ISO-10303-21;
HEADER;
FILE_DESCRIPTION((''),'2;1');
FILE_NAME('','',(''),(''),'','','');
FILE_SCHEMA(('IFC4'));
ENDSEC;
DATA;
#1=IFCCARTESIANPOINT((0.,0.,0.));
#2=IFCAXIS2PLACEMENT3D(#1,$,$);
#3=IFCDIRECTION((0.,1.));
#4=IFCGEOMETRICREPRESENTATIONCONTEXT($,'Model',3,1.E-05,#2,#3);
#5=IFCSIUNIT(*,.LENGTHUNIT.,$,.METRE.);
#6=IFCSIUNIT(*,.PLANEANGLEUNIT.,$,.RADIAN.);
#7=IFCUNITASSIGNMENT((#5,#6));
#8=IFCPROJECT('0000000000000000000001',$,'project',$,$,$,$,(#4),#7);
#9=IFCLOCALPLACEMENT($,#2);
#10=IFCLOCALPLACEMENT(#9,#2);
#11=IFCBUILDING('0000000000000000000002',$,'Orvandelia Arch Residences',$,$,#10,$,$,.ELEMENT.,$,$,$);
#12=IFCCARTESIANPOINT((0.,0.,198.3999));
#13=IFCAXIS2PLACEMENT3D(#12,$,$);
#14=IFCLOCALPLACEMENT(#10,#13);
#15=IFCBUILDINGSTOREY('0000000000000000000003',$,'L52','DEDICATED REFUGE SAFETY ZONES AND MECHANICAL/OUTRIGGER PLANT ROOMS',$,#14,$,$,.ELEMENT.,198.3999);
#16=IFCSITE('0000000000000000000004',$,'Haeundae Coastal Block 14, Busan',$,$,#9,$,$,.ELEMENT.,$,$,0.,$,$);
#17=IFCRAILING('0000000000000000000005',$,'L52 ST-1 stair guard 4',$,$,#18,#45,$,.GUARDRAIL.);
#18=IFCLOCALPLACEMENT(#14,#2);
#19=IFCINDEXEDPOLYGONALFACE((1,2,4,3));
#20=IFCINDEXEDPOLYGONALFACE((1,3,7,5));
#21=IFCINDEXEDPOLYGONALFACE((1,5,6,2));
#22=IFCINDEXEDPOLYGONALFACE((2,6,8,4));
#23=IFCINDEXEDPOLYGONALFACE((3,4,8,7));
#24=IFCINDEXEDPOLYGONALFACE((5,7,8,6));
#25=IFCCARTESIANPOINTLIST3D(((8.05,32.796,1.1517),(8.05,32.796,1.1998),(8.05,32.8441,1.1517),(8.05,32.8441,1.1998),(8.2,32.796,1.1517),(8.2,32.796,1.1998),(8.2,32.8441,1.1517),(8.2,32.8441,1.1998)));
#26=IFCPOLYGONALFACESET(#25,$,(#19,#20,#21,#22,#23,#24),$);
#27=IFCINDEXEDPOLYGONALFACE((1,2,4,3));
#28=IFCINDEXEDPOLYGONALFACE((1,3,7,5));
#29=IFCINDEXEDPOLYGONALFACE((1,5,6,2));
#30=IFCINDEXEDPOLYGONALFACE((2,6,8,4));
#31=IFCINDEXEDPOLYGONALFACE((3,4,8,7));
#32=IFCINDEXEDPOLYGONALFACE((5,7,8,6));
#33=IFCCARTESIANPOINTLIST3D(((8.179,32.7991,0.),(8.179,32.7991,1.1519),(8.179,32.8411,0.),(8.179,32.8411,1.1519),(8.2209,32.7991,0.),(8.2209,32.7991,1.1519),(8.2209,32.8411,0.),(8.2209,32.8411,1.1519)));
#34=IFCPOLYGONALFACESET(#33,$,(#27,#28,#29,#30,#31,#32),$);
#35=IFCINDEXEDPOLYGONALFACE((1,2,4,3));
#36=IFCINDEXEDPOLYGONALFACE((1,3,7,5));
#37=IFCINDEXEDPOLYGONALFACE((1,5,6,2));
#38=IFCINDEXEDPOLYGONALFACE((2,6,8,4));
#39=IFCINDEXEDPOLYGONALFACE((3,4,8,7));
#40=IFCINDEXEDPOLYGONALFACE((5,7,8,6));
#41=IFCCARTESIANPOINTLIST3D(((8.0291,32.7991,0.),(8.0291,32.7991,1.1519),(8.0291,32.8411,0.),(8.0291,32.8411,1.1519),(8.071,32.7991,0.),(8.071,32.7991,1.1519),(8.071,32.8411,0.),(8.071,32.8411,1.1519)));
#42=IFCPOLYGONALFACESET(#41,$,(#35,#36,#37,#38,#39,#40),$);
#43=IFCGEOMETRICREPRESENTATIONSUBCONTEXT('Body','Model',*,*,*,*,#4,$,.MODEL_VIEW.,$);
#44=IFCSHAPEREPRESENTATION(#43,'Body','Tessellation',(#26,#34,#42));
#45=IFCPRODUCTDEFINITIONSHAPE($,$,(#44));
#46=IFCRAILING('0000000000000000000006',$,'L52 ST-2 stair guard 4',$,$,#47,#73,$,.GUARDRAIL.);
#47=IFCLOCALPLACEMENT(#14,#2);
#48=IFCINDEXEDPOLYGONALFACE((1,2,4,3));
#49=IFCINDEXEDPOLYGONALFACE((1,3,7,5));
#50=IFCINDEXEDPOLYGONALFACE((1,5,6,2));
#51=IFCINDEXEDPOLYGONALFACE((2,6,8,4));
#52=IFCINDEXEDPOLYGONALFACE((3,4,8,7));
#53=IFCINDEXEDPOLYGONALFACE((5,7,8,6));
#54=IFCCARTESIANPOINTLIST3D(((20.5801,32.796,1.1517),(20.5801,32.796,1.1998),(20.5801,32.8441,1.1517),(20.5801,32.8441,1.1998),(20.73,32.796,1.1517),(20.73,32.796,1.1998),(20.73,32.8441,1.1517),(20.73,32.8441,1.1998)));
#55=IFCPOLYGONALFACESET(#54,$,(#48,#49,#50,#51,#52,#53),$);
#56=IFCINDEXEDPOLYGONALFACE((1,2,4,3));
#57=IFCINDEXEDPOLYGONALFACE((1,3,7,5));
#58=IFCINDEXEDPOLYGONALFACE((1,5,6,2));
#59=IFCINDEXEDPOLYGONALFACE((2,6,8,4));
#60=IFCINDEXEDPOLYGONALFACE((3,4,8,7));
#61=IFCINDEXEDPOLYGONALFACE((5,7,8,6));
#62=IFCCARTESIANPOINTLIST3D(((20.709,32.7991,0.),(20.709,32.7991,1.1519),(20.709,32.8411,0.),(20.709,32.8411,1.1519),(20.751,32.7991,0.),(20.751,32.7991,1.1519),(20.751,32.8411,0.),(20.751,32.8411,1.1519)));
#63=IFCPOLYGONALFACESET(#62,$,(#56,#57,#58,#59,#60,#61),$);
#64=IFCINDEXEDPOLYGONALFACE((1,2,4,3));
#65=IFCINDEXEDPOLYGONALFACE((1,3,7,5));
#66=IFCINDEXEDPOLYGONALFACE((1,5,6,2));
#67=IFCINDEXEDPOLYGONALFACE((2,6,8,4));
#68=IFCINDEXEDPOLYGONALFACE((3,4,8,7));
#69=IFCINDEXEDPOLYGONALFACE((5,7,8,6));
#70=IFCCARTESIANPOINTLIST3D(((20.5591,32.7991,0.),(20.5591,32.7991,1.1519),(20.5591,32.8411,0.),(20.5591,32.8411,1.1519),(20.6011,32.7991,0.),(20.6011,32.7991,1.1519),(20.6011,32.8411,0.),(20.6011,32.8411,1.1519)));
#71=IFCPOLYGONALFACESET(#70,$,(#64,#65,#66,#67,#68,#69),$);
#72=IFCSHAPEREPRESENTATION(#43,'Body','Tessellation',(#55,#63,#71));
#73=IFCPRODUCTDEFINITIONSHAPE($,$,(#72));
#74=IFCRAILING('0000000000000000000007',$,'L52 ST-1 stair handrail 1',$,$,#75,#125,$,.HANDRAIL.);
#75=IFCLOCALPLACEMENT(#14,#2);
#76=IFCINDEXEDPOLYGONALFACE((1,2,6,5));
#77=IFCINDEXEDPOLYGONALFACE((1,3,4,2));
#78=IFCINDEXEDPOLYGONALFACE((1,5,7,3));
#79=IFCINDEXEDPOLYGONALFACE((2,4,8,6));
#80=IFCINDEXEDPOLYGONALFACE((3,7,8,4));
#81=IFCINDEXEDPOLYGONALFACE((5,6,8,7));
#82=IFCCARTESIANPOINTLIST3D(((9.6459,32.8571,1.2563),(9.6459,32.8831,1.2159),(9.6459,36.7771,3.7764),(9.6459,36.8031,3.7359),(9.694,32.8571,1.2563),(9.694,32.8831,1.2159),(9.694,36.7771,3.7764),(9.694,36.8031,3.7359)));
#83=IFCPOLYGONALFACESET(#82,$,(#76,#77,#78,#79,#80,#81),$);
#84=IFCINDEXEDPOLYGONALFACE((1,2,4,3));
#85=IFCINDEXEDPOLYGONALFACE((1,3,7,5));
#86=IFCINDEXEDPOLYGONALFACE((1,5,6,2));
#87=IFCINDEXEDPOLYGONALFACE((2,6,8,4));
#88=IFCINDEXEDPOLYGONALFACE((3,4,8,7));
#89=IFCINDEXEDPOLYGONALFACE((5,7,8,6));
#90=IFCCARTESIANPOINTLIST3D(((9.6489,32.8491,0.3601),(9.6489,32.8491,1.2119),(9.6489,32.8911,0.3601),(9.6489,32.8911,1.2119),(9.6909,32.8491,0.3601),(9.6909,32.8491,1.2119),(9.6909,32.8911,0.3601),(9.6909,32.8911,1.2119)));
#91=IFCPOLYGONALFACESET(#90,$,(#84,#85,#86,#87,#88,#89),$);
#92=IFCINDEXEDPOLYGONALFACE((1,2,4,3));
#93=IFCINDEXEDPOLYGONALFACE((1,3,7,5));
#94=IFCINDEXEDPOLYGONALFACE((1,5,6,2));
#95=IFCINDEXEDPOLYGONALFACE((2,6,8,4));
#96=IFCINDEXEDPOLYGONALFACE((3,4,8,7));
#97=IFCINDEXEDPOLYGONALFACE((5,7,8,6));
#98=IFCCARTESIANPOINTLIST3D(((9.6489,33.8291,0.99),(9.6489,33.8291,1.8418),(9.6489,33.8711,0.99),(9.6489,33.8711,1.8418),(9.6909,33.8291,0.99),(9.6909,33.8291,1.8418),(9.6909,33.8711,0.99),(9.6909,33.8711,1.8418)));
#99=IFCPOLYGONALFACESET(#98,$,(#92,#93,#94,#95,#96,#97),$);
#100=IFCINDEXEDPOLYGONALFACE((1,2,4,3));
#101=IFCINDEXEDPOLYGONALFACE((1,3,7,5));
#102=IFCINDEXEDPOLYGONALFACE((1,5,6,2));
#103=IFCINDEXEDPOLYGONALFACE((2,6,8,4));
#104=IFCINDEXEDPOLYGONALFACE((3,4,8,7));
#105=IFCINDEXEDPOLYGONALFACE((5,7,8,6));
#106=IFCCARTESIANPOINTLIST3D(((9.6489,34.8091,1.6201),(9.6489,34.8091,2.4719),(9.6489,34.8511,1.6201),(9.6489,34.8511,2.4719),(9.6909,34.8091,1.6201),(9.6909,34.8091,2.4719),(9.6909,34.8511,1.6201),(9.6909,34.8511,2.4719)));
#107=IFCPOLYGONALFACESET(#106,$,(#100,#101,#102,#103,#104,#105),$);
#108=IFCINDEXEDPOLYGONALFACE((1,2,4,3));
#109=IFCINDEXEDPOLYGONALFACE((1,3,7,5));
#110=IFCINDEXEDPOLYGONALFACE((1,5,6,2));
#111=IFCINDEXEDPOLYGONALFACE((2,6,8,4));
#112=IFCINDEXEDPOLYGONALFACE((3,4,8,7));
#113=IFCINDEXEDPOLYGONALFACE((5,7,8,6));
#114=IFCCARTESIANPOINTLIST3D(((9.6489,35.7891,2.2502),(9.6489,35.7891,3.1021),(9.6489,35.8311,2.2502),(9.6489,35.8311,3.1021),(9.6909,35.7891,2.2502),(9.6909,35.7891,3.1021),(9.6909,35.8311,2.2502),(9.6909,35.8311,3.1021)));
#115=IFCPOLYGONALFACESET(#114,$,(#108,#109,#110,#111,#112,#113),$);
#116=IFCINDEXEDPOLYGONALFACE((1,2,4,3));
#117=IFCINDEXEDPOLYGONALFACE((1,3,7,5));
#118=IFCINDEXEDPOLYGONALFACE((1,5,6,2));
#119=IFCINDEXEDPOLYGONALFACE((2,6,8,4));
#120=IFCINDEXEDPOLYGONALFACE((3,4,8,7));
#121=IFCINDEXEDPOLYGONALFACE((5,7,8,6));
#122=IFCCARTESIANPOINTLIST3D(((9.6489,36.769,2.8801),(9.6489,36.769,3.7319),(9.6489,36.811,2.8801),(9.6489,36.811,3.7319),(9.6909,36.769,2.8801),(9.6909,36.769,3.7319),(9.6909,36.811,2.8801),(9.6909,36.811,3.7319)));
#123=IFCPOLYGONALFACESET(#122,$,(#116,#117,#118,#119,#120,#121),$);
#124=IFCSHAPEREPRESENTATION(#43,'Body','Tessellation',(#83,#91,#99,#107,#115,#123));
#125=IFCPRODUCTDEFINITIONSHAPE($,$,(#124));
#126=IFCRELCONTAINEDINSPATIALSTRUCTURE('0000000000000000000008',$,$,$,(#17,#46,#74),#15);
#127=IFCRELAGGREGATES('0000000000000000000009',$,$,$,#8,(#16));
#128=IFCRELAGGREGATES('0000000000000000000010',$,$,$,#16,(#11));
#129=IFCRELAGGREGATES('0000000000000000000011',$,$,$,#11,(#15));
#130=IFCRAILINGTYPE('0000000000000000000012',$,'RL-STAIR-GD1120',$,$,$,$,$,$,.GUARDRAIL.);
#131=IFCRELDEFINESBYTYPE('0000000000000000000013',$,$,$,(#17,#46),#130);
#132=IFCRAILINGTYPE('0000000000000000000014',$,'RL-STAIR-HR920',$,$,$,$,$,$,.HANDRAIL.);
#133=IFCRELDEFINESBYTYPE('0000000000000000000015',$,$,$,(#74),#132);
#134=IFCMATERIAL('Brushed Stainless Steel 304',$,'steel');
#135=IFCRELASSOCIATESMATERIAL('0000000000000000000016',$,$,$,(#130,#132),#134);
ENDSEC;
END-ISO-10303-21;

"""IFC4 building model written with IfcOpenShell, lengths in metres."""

from ifc_helpers import new_model, si_unit, direction, frame, origin, origin_2d, place, context, subcontext, project, spatial, rectangle, extrude, material, type_object, element, save


model = new_model("IFC4")

# Units and contexts
model_context = context("Model", 3, precision=1e-05, world=origin(), true_north=direction((0.0, 1.0)))
body_context = subcontext(model_context, "Body", "Model", "MODEL_VIEW")
ifc_project = project(units=[si_unit("LENGTHUNIT", "METRE"), si_unit("PLANEANGLEUNIT", "RADIAN")], contexts=[model_context])

# Site, building, storey
site_placement = place(None, origin())
site = spatial("IfcSite", under=ifc_project, at=site_placement, Name="Haeundae Coastal Block 14, Busan", CompositionType="ELEMENT", RefElevation=0.0)
building_placement = place(site_placement, origin())
building = spatial("IfcBuilding", under=site, at=building_placement, Name="Orvandelia Arch Residences", CompositionType="ELEMENT")
storey_placement = place(building_placement, frame((0.0, 0.0, 198.3999)))
storey = spatial("IfcBuildingStorey", under=building, at=storey_placement, Name="L52", Description="DEDICATED REFUGE SAFETY ZONES AND MECHANICAL/OUTRIGGER PLANT ROOMS", CompositionType="ELEMENT", Elevation=198.3999)

# Railings
ifc_material_1 = material(Name="Brushed Stainless Steel 304", Category="steel")
railing_type_1 = type_object("IfcRailingType", Name="RL-STAIR-GD1120", PredefinedType="GUARDRAIL", material=ifc_material_1)
for number, where, name in (
    (1, (8.2, 32.8201, 0.0), "L52 ST-1 stair guard 4"),
    (2, (20.73, 32.8201, 0.0), "L52 ST-2 stair guard 4"),
):
    element("IfcRailing", number, at=place(storey_placement, frame(where)), inside=storey, type_object=railing_type_1, Name=name, PredefinedType="GUARDRAIL", context=body_context, shape_type="SweptSolid", body=[
        extrude(rectangle(XDim=0.0481, YDim=0.0481, at=origin_2d()), frame((0.0, 0.0, 1.1758), z_axis=(-1.0, 0.0, 0.0), x_axis=(0.0, -1.0, 0.0)), (0.0, 0.0, 1.0), 0.1499),
        extrude(rectangle(XDim=0.042, YDim=0.042, at=origin_2d()), origin(), (0.0, 0.0, 1.0), 1.1519),
        extrude(rectangle(XDim=0.042, YDim=0.042, at=origin_2d()), frame((-0.1499, 0.0, 0.0)), (0.0, 0.0, 1.0), 1.1519),
    ])
railing_type_2 = type_object("IfcRailingType", Name="RL-STAIR-HR920", PredefinedType="HANDRAIL", material=ifc_material_1)
railing_1_placement = place(storey_placement, frame((9.6699, 32.8701, 0.3601)))
element("IfcRailing", 3, at=railing_1_placement, inside=storey, type_object=railing_type_2, Name="L52 ST-1 stair handrail 1", PredefinedType="HANDRAIL", context=body_context, shape_type="SweptSolid", body=[
    extrude(rectangle(XDim=0.0481, YDim=0.0481, at=origin_2d()), frame((0.0, 0.0, 0.876), z_axis=(0.0, 0.841172, 0.540768), x_axis=(-1.0, 0.0, 0.0)), (0.0, 0.0, 1.0), 4.6602),
    extrude(rectangle(XDim=0.042, YDim=0.042, at=origin_2d()), origin(), (0.0, 0.0, 1.0), 0.8518),
    extrude(rectangle(XDim=0.042, YDim=0.042, at=origin_2d()), frame((0.0, 0.98, 0.6299)), (0.0, 0.0, 1.0), 0.8518),
    extrude(rectangle(XDim=0.042, YDim=0.042, at=origin_2d()), frame((0.0, 1.96, 1.26)), (0.0, 0.0, 1.0), 0.8518),
    extrude(rectangle(XDim=0.042, YDim=0.042, at=origin_2d()), frame((0.0, 2.9399, 1.8901)), (0.0, 0.0, 1.0), 0.8518),
    extrude(rectangle(XDim=0.042, YDim=0.042, at=origin_2d()), frame((0.0, 3.9199, 2.52)), (0.0, 0.0, 1.0), 0.8518),
])

save(model, "model.ifc")
